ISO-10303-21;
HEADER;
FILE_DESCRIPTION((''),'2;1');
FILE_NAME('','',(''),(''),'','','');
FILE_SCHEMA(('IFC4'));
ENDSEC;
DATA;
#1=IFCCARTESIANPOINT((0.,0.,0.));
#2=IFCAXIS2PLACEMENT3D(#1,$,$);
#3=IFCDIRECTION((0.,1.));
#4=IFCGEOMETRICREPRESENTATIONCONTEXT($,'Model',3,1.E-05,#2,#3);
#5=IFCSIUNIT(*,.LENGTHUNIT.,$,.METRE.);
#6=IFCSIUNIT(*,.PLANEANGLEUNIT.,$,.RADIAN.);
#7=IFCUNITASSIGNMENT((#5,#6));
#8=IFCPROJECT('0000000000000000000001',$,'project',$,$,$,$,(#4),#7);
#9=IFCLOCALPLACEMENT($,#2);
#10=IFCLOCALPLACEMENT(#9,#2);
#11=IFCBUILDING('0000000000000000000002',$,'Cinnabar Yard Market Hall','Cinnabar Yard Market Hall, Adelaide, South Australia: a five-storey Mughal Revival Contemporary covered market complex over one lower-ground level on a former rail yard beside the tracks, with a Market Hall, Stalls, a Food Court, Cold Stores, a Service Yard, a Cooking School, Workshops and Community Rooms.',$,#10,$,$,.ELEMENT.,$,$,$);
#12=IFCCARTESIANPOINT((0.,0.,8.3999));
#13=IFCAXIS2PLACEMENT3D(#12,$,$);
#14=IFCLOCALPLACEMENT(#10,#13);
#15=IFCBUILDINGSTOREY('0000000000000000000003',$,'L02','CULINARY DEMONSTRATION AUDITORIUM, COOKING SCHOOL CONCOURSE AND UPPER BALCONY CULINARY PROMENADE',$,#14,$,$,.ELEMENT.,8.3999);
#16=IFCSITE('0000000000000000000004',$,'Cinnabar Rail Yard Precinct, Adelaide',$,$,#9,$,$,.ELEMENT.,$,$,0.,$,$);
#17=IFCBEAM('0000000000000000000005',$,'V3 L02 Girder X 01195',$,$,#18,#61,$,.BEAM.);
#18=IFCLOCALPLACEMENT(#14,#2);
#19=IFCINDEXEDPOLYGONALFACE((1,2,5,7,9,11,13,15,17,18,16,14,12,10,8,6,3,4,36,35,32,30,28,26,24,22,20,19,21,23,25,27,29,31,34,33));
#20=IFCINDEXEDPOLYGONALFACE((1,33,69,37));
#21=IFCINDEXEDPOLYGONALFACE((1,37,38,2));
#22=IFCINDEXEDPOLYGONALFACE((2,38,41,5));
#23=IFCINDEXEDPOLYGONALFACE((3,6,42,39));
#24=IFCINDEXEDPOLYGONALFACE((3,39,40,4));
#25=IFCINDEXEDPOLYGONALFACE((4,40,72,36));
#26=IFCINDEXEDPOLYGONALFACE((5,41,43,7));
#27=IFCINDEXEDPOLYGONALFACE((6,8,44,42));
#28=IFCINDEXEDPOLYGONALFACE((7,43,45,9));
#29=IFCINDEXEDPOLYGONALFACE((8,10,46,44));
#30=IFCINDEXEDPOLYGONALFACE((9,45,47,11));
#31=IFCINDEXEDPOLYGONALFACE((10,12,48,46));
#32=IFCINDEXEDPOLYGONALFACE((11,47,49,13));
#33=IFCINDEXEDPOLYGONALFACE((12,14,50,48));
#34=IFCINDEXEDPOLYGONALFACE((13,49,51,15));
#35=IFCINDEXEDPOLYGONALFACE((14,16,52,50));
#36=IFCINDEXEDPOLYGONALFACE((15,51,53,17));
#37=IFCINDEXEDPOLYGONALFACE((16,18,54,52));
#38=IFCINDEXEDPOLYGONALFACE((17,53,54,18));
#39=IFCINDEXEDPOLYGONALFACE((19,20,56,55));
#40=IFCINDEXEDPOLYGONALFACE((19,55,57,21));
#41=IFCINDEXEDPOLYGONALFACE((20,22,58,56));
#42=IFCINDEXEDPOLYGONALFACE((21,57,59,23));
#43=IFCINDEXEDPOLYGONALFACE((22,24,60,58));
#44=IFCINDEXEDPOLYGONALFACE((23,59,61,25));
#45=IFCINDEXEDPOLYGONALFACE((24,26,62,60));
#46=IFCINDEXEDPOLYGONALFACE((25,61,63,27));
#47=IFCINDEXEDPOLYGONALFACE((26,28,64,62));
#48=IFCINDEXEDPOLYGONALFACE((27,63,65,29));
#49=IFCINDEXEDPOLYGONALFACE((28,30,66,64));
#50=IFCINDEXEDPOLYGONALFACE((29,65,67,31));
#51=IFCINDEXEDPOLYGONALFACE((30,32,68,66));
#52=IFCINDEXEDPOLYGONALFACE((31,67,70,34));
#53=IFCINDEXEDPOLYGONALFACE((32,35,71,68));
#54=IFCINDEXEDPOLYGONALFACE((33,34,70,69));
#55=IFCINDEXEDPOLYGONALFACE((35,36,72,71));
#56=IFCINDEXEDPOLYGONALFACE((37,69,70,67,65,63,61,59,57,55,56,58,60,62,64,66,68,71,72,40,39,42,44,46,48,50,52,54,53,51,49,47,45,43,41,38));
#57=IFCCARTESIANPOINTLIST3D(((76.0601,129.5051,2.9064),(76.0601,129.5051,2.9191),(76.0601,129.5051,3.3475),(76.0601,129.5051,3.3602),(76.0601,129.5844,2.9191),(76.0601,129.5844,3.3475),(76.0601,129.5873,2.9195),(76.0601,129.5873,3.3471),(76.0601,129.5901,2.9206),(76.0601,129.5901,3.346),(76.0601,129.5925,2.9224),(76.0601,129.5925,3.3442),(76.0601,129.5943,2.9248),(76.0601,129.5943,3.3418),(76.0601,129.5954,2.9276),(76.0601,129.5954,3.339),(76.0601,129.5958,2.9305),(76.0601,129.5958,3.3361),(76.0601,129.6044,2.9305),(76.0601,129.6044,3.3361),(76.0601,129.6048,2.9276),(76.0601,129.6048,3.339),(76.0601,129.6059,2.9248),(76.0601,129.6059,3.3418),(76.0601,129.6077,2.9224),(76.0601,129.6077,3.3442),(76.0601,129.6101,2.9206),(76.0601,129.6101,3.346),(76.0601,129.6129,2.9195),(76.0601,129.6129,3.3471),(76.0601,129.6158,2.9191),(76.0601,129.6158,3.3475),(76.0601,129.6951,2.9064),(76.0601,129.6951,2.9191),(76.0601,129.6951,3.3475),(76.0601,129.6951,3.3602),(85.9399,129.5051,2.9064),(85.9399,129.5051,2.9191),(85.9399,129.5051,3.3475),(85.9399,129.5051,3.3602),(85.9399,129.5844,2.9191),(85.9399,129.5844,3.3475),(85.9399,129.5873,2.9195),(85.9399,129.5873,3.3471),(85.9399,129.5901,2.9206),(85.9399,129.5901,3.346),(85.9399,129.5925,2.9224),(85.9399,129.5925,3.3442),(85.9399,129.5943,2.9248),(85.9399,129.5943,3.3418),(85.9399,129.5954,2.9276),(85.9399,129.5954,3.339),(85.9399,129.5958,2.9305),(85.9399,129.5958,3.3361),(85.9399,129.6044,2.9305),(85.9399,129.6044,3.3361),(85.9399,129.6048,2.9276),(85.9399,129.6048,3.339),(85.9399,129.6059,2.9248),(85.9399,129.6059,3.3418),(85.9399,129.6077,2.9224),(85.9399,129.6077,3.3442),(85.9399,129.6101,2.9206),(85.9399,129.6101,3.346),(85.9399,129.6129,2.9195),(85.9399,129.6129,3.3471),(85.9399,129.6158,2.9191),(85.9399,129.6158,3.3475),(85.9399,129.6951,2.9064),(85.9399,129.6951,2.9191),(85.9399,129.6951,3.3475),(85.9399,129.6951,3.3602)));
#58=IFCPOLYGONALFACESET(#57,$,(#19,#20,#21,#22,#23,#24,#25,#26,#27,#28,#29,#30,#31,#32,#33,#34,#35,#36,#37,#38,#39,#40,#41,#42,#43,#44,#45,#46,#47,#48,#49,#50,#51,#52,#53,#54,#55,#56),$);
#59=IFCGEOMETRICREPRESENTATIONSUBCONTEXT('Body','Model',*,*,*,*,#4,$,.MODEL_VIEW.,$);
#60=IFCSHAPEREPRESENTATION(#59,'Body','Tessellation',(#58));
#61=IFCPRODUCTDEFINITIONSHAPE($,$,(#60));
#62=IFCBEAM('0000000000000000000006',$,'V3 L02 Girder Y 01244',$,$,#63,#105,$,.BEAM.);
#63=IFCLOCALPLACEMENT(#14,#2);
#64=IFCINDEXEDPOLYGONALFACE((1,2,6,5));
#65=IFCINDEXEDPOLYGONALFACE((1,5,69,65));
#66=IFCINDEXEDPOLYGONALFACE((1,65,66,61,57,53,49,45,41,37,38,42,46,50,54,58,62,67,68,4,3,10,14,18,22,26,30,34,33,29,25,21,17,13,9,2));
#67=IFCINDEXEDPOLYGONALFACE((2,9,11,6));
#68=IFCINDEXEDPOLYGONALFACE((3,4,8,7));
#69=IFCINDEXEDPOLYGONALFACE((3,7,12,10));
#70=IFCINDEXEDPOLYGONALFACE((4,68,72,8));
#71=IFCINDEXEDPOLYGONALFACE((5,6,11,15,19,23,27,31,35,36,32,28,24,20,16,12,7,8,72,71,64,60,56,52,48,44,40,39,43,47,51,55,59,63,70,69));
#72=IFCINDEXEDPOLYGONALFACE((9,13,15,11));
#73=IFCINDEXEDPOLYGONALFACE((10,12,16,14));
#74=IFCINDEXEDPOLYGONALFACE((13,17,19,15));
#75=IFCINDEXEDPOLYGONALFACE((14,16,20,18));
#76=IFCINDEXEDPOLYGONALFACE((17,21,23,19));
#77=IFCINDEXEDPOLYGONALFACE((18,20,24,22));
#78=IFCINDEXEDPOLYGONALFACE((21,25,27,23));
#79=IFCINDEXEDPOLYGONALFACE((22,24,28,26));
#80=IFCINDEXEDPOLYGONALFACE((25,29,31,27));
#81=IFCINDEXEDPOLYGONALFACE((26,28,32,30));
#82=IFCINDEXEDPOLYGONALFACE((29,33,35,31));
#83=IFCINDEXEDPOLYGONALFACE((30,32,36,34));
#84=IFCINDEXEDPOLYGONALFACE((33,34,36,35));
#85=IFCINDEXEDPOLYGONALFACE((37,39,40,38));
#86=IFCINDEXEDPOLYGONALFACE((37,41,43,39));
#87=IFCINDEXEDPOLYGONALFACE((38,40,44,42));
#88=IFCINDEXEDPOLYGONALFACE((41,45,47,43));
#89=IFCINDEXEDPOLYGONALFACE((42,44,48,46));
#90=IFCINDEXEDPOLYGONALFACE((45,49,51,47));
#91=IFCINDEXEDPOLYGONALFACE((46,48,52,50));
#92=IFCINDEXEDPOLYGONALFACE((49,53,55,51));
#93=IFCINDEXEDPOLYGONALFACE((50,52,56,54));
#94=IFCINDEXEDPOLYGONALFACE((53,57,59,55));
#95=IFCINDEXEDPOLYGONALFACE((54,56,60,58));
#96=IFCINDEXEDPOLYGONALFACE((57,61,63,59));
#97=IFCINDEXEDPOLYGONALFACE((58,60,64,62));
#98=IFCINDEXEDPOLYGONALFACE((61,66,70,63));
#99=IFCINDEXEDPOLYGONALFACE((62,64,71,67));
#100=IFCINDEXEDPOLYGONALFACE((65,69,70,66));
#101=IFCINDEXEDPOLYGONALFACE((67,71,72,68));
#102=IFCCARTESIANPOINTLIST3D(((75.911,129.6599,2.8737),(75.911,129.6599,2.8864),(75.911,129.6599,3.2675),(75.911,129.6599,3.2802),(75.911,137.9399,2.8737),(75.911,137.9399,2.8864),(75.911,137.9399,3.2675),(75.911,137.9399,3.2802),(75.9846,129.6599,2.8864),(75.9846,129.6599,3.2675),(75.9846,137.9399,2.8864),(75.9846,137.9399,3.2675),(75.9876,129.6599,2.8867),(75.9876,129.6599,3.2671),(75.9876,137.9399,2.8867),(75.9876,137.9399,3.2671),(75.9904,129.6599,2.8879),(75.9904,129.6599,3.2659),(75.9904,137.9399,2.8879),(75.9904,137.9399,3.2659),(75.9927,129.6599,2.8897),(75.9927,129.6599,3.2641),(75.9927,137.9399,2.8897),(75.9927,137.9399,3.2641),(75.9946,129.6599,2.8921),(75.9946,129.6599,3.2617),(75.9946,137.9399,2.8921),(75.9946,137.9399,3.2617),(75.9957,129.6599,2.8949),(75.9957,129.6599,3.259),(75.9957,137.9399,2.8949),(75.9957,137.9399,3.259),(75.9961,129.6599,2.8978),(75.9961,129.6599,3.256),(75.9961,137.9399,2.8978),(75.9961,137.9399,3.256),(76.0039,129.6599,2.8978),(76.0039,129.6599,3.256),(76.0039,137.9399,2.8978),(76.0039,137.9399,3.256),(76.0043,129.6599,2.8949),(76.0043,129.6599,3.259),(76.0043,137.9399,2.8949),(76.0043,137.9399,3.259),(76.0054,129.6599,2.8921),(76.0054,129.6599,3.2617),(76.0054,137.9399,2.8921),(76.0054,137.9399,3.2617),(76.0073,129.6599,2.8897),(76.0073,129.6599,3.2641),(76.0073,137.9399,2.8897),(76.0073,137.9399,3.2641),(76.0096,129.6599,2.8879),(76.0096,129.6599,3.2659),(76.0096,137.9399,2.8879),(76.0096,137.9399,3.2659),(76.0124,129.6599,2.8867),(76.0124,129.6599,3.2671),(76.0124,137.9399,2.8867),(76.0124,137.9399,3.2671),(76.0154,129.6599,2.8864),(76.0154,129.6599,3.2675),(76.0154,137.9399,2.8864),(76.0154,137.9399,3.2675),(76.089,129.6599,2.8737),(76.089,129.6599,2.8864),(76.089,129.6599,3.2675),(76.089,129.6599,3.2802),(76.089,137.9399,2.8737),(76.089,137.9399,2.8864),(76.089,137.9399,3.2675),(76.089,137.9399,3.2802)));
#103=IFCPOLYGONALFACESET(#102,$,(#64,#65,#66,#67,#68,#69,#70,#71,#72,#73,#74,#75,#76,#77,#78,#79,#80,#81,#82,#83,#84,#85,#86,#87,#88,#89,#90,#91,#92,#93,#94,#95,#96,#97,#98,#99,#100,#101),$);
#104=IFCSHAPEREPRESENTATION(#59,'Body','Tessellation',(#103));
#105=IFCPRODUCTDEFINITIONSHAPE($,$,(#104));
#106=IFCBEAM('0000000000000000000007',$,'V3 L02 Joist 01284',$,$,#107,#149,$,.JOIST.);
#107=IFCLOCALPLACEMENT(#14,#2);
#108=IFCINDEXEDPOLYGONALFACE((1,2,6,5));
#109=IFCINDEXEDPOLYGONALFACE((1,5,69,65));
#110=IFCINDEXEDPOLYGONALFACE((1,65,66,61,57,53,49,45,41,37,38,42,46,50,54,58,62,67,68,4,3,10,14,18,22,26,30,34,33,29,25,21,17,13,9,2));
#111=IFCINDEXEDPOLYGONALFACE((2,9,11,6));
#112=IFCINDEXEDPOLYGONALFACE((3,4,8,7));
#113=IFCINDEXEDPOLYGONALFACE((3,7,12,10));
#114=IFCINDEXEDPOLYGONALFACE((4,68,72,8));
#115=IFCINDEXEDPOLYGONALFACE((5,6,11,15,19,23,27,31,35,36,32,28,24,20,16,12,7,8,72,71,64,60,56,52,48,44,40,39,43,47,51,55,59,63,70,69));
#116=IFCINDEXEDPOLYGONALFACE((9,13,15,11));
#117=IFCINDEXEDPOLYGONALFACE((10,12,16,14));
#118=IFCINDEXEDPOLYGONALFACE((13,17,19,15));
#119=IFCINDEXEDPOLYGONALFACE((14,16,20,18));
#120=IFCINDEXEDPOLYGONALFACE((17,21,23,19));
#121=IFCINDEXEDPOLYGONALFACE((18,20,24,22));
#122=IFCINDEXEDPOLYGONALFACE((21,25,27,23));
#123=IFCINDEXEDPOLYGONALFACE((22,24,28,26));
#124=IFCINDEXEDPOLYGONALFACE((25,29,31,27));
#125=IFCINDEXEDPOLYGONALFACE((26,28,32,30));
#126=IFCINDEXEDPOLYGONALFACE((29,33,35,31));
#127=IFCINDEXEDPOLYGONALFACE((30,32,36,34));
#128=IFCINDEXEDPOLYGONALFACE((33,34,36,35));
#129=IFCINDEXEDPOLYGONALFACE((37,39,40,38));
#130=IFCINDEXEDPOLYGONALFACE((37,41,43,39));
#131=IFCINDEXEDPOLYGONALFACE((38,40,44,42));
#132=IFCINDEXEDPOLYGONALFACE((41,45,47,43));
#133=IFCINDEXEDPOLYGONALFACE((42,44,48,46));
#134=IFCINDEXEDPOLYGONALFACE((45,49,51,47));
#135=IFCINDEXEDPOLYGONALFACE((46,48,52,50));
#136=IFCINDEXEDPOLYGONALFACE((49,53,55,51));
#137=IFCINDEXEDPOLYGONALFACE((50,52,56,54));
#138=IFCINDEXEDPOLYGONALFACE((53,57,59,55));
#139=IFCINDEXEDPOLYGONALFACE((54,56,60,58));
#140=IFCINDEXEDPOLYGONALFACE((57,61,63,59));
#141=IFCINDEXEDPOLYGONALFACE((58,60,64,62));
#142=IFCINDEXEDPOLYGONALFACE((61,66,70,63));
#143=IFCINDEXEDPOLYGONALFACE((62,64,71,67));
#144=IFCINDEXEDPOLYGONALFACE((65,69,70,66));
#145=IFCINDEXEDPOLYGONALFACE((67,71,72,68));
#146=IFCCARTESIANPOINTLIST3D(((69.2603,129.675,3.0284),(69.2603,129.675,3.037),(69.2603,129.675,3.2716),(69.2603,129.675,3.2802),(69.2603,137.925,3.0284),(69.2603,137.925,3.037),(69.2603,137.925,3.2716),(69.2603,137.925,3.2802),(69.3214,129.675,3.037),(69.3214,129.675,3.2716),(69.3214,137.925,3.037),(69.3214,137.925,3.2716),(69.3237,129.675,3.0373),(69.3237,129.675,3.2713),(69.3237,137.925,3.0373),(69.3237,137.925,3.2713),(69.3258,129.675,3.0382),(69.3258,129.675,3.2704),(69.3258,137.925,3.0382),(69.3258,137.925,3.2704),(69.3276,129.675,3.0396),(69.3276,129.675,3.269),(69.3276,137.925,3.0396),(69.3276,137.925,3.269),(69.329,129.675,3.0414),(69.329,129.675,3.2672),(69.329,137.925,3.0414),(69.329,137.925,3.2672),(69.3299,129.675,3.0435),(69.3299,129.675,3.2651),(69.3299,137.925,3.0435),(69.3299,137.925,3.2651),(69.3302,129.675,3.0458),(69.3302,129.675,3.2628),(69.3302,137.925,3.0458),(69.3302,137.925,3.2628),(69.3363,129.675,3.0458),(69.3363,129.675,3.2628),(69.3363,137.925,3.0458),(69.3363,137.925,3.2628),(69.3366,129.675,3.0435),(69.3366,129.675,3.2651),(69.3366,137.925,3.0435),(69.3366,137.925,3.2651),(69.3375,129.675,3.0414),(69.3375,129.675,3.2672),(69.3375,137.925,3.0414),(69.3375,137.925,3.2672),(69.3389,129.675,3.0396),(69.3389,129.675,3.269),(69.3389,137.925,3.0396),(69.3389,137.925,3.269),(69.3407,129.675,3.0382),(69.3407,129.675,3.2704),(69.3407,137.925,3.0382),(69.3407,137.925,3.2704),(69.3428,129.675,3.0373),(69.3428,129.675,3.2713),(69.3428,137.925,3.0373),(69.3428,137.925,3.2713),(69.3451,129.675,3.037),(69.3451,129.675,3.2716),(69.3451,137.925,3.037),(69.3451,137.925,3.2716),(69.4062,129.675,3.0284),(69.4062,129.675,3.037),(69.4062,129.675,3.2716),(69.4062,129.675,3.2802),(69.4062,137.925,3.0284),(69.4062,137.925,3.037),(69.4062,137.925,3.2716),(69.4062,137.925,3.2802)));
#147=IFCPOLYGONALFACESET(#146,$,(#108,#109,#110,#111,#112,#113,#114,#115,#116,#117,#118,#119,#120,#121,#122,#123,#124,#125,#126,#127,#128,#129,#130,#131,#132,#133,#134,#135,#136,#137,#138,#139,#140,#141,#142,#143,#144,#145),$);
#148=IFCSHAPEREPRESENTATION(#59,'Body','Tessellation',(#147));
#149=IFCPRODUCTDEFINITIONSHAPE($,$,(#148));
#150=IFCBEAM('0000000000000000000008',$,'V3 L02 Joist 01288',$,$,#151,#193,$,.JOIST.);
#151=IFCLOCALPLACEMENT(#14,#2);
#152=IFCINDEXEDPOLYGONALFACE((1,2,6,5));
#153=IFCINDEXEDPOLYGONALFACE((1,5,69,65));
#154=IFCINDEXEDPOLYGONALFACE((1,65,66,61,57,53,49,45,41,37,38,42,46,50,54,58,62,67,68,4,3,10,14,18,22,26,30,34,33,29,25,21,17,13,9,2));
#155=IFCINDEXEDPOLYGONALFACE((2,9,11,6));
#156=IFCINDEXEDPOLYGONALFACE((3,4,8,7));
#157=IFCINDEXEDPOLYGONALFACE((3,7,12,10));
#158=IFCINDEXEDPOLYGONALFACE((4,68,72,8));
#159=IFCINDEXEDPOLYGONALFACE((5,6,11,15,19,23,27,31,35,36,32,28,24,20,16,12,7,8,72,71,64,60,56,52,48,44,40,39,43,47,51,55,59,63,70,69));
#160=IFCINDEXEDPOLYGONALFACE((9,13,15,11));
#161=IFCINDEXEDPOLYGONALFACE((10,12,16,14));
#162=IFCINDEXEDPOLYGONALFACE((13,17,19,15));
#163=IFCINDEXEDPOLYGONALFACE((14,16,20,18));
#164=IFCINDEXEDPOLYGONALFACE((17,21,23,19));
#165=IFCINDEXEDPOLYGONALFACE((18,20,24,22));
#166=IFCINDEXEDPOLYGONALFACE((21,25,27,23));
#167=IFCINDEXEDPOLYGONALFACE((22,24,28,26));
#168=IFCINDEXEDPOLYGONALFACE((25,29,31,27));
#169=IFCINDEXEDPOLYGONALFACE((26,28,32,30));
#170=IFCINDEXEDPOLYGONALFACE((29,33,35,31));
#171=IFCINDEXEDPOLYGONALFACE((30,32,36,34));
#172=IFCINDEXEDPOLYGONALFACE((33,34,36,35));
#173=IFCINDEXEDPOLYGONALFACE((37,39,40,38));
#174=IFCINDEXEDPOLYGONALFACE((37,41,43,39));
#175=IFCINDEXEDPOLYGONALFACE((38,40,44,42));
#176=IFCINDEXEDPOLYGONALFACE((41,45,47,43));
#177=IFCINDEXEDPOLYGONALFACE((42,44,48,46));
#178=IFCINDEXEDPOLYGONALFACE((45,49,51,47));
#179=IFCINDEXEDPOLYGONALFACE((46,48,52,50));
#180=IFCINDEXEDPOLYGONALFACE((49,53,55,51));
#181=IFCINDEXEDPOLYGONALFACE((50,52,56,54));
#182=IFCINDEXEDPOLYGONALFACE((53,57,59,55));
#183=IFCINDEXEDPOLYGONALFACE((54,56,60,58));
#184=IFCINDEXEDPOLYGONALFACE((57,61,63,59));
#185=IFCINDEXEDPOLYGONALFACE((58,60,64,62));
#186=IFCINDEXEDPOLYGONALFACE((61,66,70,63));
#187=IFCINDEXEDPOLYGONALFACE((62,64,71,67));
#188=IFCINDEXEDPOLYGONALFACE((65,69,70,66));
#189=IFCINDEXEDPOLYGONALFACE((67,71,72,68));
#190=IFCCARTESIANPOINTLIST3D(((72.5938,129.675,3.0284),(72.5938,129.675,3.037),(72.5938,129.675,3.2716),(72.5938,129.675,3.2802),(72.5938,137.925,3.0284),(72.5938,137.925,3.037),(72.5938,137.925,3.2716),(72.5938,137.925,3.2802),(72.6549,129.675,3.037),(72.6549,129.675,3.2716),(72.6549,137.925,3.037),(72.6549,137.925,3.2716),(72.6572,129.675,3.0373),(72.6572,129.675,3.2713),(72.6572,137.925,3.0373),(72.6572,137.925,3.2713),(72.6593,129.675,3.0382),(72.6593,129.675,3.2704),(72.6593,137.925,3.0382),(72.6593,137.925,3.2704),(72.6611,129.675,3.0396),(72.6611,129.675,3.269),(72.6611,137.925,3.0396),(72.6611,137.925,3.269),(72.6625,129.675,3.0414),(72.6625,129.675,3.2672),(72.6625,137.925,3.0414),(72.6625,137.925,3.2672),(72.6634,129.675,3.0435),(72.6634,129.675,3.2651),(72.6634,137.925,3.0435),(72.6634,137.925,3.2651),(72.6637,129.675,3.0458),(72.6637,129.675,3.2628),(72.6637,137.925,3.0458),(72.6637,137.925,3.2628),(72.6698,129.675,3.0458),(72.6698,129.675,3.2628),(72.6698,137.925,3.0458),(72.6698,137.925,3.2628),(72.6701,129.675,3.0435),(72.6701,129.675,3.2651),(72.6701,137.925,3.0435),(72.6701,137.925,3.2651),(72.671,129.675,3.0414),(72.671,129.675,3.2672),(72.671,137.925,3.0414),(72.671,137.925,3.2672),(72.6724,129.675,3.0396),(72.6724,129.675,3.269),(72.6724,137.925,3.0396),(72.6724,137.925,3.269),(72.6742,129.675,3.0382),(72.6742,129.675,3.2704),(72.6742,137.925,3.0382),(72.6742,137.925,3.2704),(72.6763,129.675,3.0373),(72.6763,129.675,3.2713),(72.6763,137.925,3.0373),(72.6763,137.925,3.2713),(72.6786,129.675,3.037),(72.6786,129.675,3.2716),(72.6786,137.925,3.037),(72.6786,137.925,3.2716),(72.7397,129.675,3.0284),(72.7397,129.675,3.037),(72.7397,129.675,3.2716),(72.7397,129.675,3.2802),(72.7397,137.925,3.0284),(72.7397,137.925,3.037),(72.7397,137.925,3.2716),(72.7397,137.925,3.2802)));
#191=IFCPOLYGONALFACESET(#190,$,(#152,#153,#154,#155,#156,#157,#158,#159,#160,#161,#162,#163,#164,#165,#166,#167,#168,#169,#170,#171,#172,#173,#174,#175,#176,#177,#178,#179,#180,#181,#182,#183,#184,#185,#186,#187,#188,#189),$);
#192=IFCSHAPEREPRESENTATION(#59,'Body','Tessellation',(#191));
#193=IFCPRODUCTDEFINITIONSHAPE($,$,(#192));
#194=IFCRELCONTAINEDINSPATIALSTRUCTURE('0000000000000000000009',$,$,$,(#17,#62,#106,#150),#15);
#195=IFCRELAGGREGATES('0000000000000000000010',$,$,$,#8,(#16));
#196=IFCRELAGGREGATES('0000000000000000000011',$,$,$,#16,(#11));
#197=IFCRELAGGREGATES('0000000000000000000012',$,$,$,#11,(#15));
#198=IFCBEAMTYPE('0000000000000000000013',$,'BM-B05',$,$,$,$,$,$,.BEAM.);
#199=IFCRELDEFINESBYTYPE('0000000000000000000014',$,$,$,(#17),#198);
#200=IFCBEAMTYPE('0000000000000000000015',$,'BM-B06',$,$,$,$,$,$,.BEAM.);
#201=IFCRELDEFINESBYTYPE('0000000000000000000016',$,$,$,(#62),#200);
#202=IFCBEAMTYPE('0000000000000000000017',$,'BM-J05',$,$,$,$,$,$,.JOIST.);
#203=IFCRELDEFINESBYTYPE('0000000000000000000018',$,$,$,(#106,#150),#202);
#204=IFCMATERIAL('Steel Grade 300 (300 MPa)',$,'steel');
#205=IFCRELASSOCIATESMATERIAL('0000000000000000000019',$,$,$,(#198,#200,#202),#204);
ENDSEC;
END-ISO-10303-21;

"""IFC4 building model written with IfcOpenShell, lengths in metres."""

from ifc_helpers import new_model, si_unit, direction, frame, origin, origin_2d_with_axis, place, context, subcontext, project, spatial, i_section, extrude, material, material_profile, profile_set, type_object, element, save


model = new_model("IFC4")

# Units and contexts
model_context = context("Model", 3, precision=1e-05, world=origin(), true_north=direction((0.0, 1.0)))
body_context = subcontext(model_context, "Body", "Model", "MODEL_VIEW")
ifc_project = project(units=[si_unit("LENGTHUNIT", "METRE"), si_unit("PLANEANGLEUNIT", "RADIAN")], contexts=[model_context])

# Site, building, storey
site_placement = place(None, origin())
site = spatial("IfcSite", under=ifc_project, at=site_placement, Name="Cinnabar Rail Yard Precinct, Adelaide", CompositionType="ELEMENT", RefElevation=0.0)
building_placement = place(site_placement, origin())
building = spatial("IfcBuilding", under=site, at=building_placement, Name="Cinnabar Yard Market Hall", Description="Cinnabar Yard Market Hall, Adelaide, South Australia: a five-storey Mughal Revival Contemporary covered market complex over one lower-ground level on a former rail yard beside the tracks, with a Market Hall, Stalls, a Food Court, Cold Stores, a Service Yard, a Cooking School, Workshops and Community Rooms.", CompositionType="ELEMENT")
storey_placement = place(building_placement, frame((0.0, 0.0, 8.3999)))
storey = spatial("IfcBuildingStorey", under=building, at=storey_placement, Name="L02", Description="CULINARY DEMONSTRATION AUDITORIUM, COOKING SCHOOL CONCOURSE AND UPPER BALCONY CULINARY PROMENADE", CompositionType="ELEMENT", Elevation=8.3999)

# Shared definitions
ifc_material_1 = material(Name="Steel Grade 300 (300 MPa)", Category="steel")

# Beams
ifc_material_profile_1 = material_profile(ifc_material_1, i_section(OverallWidth=0.1899, OverallDepth=0.4539, WebThickness=0.0085, FlangeThickness=0.0127, FilletRadius=0.0115, at=origin_2d_with_axis()), Name="460UB67.1")
ifc_profile_set_1 = profile_set([ifc_material_profile_1], Name="Steel Grade 300 (300 MPa)")
beam_type_1 = type_object("IfcBeamType", Name="BM-B05", PredefinedType="BEAM", material=ifc_profile_set_1)
for number, where, z_axis, x_axis, name in (
    (1, (76.0601, 129.6001, 3.1333), (1.0, 0.0, 0.0), (0.0, 1.0, 0.0), "V3 L02 Girder X 01195"),
):
    element("IfcBeam", number, at=place(storey_placement, frame(where, z_axis=z_axis, x_axis=x_axis)), inside=storey, type_object=beam_type_1, Name=name, PredefinedType="BEAM", context=body_context, shape_type="SweptSolid", body=[
        extrude(i_section(OverallWidth=0.1899, OverallDepth=0.4539, WebThickness=0.0085, FlangeThickness=0.0127, FilletRadius=0.0115, at=origin_2d_with_axis()), origin(), (0.0, 0.0, 1.0), 9.8799),
    ])
ifc_material_profile_2 = material_profile(ifc_material_1, i_section(OverallWidth=0.178, OverallDepth=0.4065, WebThickness=0.0078, FlangeThickness=0.0127, FilletRadius=0.0115, at=origin_2d_with_axis()), Name="410UB59.7")
ifc_profile_set_2 = profile_set([ifc_material_profile_2], Name="Steel Grade 300 (300 MPa)")
beam_type_2 = type_object("IfcBeamType", Name="BM-B06", PredefinedType="BEAM", material=ifc_profile_set_2)
beam_1_placement = place(storey_placement, frame((76.0, 129.6599, 3.0769), z_axis=(0.0, 1.0, 0.0), x_axis=(-1.0, 0.0, 0.0)))
element("IfcBeam", 2, at=beam_1_placement, inside=storey, type_object=beam_type_2, Name="V3 L02 Girder Y 01244", PredefinedType="BEAM", context=body_context, shape_type="SweptSolid", body=[
    extrude(i_section(OverallWidth=0.178, OverallDepth=0.4065, WebThickness=0.0078, FlangeThickness=0.0127, FilletRadius=0.0115, at=origin_2d_with_axis()), origin(), (0.0, 0.0, 1.0), 8.28),
])
ifc_material_profile_3 = material_profile(ifc_material_1, i_section(OverallWidth=0.146, OverallDepth=0.2517, WebThickness=0.0061, FlangeThickness=0.0085, FilletRadius=0.0088, at=origin_2d_with_axis()), Name="250UB31.4")
ifc_profile_set_3 = profile_set([ifc_material_profile_3], Name="Steel Grade 300 (300 MPa)")
beam_type_3 = type_object("IfcBeamType", Name="BM-J05", PredefinedType="JOIST", material=ifc_profile_set_3)
for number, where, z_axis, x_axis, name in (
    (3, (69.3333, 129.675, 3.1543), (0.0, 1.0, 0.0), (-1.0, 0.0, 0.0), "V3 L02 Joist 01284"),
    (4, (72.6667, 129.675, 3.1543), (0.0, 1.0, 0.0), (-1.0, 0.0, 0.0), "V3 L02 Joist 01288"),
):
    element("IfcBeam", number, at=place(storey_placement, frame(where, z_axis=z_axis, x_axis=x_axis)), inside=storey, type_object=beam_type_3, Name=name, PredefinedType="JOIST", context=body_context, shape_type="SweptSolid", body=[
        extrude(i_section(OverallWidth=0.146, OverallDepth=0.2517, WebThickness=0.0061, FlangeThickness=0.0085, FilletRadius=0.0088, at=origin_2d_with_axis()), origin(), (0.0, 0.0, 1.0), 8.25),
    ])

save(model, "model.ifc")
